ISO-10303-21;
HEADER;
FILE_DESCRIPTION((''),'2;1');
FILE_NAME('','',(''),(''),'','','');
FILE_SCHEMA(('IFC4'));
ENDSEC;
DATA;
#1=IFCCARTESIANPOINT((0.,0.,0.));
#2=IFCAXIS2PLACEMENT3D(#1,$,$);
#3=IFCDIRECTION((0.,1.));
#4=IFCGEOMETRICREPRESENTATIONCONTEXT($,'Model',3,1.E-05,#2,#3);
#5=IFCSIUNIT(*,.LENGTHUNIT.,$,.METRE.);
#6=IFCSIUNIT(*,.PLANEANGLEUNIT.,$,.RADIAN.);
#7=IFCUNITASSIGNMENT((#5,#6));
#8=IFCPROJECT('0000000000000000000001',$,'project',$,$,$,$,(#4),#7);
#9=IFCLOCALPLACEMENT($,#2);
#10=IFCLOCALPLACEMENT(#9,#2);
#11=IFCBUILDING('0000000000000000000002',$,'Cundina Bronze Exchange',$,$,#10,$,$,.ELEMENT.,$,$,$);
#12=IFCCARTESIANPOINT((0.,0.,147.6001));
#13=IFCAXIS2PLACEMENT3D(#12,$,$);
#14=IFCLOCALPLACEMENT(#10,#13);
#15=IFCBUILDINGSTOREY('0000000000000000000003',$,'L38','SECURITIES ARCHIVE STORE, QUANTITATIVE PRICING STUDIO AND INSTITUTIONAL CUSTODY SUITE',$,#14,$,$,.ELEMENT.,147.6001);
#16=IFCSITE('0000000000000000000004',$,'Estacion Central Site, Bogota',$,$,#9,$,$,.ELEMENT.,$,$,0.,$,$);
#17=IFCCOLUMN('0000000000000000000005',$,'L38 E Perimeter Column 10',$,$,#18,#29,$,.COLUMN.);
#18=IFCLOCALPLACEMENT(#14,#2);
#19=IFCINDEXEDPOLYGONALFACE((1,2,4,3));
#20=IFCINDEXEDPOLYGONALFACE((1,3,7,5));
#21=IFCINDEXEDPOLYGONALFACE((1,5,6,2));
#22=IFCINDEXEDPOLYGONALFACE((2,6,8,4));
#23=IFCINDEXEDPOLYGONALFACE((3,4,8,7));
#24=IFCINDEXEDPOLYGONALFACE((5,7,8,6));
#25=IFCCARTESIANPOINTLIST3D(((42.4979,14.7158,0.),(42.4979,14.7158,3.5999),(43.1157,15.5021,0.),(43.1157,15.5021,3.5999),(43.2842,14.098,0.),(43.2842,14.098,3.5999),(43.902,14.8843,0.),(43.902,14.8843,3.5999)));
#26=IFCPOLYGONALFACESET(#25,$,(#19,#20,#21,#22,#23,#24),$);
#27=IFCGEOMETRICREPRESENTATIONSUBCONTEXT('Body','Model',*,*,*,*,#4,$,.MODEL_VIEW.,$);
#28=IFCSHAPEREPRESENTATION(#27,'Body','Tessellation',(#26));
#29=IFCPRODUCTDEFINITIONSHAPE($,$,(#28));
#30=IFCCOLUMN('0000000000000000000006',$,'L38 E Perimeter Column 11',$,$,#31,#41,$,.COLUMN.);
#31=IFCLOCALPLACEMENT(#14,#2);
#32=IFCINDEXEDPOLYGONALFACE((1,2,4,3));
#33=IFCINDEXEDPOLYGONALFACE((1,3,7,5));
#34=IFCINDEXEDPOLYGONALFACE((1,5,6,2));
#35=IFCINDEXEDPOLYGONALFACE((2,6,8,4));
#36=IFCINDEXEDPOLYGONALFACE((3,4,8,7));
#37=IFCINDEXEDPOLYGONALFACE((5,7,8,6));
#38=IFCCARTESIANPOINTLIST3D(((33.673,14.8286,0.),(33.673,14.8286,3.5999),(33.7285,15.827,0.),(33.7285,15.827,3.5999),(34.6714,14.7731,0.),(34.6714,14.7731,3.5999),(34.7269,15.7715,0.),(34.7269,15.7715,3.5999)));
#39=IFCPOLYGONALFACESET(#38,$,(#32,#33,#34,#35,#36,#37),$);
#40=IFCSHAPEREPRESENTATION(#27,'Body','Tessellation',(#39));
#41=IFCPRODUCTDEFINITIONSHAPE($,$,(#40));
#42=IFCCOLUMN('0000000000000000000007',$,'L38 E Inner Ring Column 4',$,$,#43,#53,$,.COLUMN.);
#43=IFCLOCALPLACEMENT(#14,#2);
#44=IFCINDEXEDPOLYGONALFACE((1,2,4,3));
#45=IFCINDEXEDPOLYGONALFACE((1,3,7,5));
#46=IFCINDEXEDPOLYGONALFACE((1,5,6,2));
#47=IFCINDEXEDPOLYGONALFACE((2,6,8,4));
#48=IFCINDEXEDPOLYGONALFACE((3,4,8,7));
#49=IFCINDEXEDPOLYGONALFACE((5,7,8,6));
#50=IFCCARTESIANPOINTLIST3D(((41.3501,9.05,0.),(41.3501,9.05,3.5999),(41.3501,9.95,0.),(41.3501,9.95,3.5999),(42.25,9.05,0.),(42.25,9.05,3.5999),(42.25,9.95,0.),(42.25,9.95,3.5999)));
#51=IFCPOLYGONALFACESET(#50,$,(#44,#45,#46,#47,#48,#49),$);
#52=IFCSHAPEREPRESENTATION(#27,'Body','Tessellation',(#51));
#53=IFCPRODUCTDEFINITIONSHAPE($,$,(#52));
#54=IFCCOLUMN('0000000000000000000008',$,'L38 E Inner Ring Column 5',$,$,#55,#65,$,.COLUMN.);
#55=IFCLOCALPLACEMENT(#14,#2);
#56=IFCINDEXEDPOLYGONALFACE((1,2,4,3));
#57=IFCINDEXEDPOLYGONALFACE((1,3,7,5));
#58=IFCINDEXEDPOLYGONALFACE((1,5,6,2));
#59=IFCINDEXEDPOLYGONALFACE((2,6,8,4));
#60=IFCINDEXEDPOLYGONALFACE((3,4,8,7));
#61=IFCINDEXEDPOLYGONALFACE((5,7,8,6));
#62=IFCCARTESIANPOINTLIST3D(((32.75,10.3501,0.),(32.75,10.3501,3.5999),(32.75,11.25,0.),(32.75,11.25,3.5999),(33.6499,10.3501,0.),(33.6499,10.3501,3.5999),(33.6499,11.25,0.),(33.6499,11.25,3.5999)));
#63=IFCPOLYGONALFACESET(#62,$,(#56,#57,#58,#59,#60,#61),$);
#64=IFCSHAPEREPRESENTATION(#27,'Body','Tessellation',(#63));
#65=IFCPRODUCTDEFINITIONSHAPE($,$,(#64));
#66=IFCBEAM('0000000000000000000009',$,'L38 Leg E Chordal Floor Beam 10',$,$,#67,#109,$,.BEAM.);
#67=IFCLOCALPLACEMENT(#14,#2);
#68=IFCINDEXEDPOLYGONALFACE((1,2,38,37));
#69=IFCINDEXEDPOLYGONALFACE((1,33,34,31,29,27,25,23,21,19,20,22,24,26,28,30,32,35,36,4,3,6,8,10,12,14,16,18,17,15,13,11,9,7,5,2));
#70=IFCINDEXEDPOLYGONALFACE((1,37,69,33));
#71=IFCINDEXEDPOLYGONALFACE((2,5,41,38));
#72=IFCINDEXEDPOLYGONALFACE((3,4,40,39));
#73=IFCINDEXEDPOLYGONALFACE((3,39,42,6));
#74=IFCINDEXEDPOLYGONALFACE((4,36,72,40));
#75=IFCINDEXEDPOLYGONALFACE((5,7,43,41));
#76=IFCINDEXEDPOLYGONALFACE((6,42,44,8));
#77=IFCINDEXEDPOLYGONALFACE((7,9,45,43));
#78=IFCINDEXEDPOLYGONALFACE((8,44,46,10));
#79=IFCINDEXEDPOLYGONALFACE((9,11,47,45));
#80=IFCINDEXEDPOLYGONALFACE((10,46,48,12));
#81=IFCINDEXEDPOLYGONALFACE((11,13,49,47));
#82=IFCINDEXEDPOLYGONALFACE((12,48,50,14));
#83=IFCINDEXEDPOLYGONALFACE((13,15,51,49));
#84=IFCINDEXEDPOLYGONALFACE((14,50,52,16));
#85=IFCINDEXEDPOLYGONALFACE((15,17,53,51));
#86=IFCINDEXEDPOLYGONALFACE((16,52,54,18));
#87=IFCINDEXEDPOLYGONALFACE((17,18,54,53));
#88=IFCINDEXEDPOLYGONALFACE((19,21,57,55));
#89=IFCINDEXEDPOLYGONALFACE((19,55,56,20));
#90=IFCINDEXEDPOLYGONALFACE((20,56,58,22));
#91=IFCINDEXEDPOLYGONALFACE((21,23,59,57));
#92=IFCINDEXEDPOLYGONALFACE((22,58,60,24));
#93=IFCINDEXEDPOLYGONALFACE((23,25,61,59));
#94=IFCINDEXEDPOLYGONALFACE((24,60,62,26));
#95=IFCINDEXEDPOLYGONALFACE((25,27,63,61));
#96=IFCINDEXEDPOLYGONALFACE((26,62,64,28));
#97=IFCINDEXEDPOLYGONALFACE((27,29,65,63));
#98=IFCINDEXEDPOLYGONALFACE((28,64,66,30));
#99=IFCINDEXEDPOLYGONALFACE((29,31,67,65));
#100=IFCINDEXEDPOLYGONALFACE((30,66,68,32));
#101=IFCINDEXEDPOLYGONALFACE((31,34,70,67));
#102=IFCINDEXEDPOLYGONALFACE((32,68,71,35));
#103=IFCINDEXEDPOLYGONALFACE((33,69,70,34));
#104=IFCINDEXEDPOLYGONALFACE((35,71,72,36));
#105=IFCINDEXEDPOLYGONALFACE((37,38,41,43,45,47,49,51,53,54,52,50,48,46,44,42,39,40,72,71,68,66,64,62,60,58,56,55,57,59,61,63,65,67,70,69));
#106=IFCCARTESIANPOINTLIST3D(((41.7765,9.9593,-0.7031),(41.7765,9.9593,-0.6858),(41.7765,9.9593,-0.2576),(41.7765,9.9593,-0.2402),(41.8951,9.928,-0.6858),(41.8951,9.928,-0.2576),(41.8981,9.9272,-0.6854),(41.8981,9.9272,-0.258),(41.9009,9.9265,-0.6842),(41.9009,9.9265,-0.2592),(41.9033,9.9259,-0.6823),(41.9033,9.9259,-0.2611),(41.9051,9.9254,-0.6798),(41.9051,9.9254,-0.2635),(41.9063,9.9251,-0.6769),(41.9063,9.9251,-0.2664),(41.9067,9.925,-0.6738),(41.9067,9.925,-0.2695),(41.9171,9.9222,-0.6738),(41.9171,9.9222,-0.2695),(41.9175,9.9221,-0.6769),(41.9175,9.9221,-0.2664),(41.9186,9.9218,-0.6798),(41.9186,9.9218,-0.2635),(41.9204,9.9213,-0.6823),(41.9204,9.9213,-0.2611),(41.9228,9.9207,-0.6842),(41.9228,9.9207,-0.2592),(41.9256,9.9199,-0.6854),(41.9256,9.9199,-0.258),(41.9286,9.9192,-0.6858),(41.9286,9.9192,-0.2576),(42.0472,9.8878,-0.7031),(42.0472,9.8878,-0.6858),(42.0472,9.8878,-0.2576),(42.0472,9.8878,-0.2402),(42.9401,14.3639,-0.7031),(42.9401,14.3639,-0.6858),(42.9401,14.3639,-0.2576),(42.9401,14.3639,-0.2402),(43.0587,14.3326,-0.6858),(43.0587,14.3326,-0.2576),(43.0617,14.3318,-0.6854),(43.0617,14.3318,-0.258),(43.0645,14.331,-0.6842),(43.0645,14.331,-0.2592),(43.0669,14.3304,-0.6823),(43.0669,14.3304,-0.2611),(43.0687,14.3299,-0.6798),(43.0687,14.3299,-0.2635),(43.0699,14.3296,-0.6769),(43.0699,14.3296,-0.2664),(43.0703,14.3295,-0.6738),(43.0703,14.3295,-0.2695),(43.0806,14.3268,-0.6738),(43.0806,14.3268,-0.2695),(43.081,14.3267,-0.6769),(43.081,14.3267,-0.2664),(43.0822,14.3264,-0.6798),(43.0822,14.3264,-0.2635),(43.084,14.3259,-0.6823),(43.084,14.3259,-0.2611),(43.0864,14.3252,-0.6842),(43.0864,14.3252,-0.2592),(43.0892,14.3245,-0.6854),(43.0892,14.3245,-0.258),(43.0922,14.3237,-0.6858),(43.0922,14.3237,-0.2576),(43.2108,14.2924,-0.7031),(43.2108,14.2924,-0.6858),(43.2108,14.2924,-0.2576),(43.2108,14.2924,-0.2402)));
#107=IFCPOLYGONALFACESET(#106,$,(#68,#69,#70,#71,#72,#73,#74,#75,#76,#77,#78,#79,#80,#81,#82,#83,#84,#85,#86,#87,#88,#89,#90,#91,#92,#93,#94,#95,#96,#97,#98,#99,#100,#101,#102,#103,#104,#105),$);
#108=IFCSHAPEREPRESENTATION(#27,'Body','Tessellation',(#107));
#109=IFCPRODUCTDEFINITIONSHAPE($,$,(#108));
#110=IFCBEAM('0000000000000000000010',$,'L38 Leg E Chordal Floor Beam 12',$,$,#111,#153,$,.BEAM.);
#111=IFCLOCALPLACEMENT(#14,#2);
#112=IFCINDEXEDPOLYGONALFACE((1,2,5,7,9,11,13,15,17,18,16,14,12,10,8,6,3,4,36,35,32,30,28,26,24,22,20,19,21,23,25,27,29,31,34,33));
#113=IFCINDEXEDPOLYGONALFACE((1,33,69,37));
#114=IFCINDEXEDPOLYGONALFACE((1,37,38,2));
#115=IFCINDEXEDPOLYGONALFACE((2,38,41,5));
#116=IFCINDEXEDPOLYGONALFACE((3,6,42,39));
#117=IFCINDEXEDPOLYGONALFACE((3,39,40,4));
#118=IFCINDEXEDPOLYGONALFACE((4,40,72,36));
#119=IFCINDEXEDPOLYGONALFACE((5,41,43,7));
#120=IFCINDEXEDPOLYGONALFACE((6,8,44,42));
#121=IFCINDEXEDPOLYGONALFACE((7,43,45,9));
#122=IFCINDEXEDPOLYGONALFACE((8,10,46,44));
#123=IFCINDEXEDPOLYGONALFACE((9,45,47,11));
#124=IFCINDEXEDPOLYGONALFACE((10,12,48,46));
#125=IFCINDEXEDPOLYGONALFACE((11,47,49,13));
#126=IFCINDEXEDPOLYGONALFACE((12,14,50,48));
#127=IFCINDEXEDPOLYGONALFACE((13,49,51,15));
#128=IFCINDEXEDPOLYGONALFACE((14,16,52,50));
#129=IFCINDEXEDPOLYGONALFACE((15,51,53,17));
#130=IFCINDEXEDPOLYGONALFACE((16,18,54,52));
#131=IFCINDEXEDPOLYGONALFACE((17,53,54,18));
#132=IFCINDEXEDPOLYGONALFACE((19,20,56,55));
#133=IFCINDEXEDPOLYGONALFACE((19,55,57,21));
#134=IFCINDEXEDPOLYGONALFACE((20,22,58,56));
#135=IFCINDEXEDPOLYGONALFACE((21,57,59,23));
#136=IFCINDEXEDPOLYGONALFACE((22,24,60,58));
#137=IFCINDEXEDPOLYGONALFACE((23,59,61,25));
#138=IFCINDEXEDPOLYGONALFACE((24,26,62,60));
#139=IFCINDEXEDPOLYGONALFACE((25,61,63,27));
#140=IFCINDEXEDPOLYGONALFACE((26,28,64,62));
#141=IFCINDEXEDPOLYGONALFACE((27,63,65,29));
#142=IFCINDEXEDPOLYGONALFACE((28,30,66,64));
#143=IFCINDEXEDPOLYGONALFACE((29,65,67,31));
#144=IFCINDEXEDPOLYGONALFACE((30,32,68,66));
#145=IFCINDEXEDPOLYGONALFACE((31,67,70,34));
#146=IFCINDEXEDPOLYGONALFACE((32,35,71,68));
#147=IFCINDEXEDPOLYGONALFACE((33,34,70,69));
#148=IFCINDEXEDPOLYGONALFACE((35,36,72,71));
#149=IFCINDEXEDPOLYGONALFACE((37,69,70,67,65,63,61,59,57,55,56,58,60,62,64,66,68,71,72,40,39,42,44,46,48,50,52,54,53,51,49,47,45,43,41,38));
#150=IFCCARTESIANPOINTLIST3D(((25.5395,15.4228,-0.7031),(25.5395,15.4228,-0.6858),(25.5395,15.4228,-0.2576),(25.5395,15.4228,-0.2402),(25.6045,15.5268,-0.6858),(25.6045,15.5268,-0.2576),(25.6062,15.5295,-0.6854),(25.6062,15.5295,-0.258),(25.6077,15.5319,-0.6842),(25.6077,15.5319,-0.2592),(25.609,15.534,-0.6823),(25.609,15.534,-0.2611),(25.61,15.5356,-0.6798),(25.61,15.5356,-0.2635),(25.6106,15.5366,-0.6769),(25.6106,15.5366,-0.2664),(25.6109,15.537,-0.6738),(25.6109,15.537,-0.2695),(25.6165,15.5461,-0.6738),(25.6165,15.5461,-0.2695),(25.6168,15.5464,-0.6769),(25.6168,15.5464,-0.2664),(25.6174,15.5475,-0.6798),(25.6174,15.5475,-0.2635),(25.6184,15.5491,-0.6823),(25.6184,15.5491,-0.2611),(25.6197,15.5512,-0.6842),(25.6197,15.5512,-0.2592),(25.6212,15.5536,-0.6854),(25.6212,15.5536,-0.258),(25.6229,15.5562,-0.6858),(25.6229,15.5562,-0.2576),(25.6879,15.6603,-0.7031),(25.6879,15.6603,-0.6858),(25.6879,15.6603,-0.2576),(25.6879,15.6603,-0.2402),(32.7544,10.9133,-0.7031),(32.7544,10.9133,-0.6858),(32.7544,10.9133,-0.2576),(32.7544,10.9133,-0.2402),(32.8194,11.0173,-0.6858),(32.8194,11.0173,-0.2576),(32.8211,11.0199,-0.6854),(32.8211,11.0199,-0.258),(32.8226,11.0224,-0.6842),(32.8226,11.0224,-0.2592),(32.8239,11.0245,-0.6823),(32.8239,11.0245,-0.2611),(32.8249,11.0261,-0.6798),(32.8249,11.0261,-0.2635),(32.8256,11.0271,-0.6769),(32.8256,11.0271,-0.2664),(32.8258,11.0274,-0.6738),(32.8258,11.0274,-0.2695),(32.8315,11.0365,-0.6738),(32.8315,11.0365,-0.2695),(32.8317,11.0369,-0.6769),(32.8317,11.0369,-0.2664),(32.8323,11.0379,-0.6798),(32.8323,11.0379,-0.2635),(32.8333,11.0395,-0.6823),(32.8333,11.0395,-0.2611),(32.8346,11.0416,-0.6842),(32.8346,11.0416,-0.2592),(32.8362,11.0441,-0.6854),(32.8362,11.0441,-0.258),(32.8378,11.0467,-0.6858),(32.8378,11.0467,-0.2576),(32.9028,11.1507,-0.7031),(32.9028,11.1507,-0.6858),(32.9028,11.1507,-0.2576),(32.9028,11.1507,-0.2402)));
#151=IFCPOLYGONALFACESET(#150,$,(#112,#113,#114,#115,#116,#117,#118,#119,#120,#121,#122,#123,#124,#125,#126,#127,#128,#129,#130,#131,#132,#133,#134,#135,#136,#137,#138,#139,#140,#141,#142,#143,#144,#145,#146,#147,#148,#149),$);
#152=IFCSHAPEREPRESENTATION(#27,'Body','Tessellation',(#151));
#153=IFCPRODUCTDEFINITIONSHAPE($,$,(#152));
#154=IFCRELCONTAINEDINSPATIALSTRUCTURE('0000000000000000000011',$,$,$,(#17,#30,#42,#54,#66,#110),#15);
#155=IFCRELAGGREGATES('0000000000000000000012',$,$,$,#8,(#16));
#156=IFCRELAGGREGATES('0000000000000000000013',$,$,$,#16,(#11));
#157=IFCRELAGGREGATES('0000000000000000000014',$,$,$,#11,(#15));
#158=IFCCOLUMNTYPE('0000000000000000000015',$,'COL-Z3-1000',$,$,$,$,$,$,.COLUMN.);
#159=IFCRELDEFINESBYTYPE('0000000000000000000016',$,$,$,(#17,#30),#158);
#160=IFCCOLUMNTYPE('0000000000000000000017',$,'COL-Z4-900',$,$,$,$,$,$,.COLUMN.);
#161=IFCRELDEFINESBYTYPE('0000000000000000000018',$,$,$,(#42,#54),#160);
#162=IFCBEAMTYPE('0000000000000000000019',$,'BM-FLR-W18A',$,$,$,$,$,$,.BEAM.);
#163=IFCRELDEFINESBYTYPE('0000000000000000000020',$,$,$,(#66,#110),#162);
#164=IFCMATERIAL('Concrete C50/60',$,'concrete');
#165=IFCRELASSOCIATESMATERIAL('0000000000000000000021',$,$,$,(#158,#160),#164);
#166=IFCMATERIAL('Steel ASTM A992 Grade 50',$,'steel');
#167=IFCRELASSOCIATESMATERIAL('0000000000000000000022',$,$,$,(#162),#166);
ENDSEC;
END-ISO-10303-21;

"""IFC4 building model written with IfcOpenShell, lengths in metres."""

from ifc_helpers import new_model, si_unit, direction, frame, origin, origin_2d, place, context, subcontext, project, spatial, rectangle, i_section, extrude, material, material_profile, profile_set, type_object, element, save


model = new_model("IFC4")

# Units and contexts
model_context = context("Model", 3, precision=1e-05, world=origin(), true_north=direction((0.0, 1.0)))
body_context = subcontext(model_context, "Body", "Model", "MODEL_VIEW")
ifc_project = project(units=[si_unit("LENGTHUNIT", "METRE"), si_unit("PLANEANGLEUNIT", "RADIAN")], contexts=[model_context])

# Site, building, storey
site_placement = place(None, origin())
site = spatial("IfcSite", under=ifc_project, at=site_placement, Name="Estacion Central Site, Bogota", CompositionType="ELEMENT", RefElevation=0.0)
building_placement = place(site_placement, origin())
building = spatial("IfcBuilding", under=site, at=building_placement, Name="Cundina Bronze Exchange", CompositionType="ELEMENT")
storey_placement = place(building_placement, frame((0.0, 0.0, 147.6001)))
storey = spatial("IfcBuildingStorey", under=building, at=storey_placement, Name="L38", Description="SECURITIES ARCHIVE STORE, QUANTITATIVE PRICING STUDIO AND INSTITUTIONAL CUSTODY SUITE", CompositionType="ELEMENT", Elevation=147.6001)

# Columns
ifc_material_1 = material(Name="Concrete C50/60", Category="concrete")
ifc_material_profile_1 = material_profile(ifc_material_1, rectangle(XDim=1.0, YDim=1.0, at=origin_2d()), Name="RC1000X1000", Category="concrete")
ifc_profile_set_1 = profile_set([ifc_material_profile_1], Name="Concrete C50/60")
column_type_1 = type_object("IfcColumnType", Name="COL-Z3-1000", PredefinedType="COLUMN", material=ifc_profile_set_1)
for number, where, z_axis, x_axis, name in (
    (1, (43.2, 14.8, 0.0), (0.0, 0.0, 1.0), (-0.786288, 0.61786, 0.0), "L38 E Perimeter Column 10"),
    (2, (34.2, 15.3, 0.0), (0.0, 0.0, 1.0), (-0.99846, 0.055473, 0.0), "L38 E Perimeter Column 11"),
):
    element("IfcColumn", number, at=place(storey_placement, frame(where, z_axis=z_axis, x_axis=x_axis)), inside=storey, type_object=column_type_1, Name=name, PredefinedType="COLUMN", context=body_context, shape_type="SweptSolid", body=[
        extrude(rectangle(XDim=1.0, YDim=1.0, at=origin_2d()), origin(), (0.0, 0.0, 1.0), 3.5999),
    ])
ifc_material_profile_2 = material_profile(ifc_material_1, rectangle(XDim=0.8999, YDim=0.8999, at=origin_2d()), Name="RC900X900", Category="concrete")
ifc_profile_set_2 = profile_set([ifc_material_profile_2], Name="Concrete C50/60")
column_type_2 = type_object("IfcColumnType", Name="COL-Z4-900", PredefinedType="COLUMN", material=ifc_profile_set_2)
for number, where, z_axis, x_axis, name in (
    (3, (41.8, 9.5, 0.0), (0.0, 0.0, 1.0), (1.0, 0.0, 0.0), "L38 E Inner Ring Column 4"),
    (4, (33.2, 10.8, 0.0), (0.0, 0.0, 1.0), (1.0, 0.0, 0.0), "L38 E Inner Ring Column 5"),
):
    element("IfcColumn", number, at=place(storey_placement, frame(where, z_axis=z_axis, x_axis=x_axis)), inside=storey, type_object=column_type_2, Name=name, PredefinedType="COLUMN", context=body_context, shape_type="SweptSolid", body=[
        extrude(rectangle(XDim=0.8999, YDim=0.8999, at=origin_2d()), origin(), (0.0, 0.0, 1.0), 3.5999),
    ])

# Beams
ifc_material_2 = material(Name="Steel ASTM A992 Grade 50", Category="steel")
ifc_material_profile_3 = material_profile(ifc_material_2, i_section(OverallWidth=0.28, OverallDepth=0.4629, WebThickness=0.0107, FlangeThickness=0.0173, FilletRadius=0.012, at=origin_2d()), Name="W18X76", Category="steel")
ifc_profile_set_3 = profile_set([ifc_material_profile_3], Name="Steel ASTM A992 Grade 50")
beam_type_1 = type_object("IfcBeamType", Name="BM-FLR-W18A", PredefinedType="BEAM", material=ifc_profile_set_3)
beam_1_placement = place(storey_placement, frame((41.9119, 9.9236, -0.4717), z_axis=(0.255414, 0.966832, 0.0), x_axis=(-0.966832, 0.255414, 0.0)))
element("IfcBeam", 5, at=beam_1_placement, inside=storey, type_object=beam_type_1, Name="L38 Leg E Chordal Floor Beam 10", PredefinedType="BEAM", context=body_context, shape_type="SweptSolid", body=[
    extrude(i_section(OverallWidth=0.28, OverallDepth=0.4629, WebThickness=0.0107, FlangeThickness=0.0173, FilletRadius=0.012, at=origin_2d()), origin(), (0.0, 0.0, 1.0), 4.5557),
])
beam_2_placement = place(storey_placement, frame((32.8286, 11.032, -0.4717), z_axis=(-0.847985, 0.53002, 0.0), x_axis=(-0.53002, -0.847985, 0.0)))
element("IfcBeam", 6, at=beam_2_placement, inside=storey, type_object=beam_type_1, Name="L38 Leg E Chordal Floor Beam 12", PredefinedType="BEAM", context=body_context, shape_type="SweptSolid", body=[
    extrude(i_section(OverallWidth=0.28, OverallDepth=0.4629, WebThickness=0.0107, FlangeThickness=0.0173, FilletRadius=0.012, at=origin_2d()), origin(), (0.0, 0.0, 1.0), 8.5083),
])

save(model, "model.ifc")
